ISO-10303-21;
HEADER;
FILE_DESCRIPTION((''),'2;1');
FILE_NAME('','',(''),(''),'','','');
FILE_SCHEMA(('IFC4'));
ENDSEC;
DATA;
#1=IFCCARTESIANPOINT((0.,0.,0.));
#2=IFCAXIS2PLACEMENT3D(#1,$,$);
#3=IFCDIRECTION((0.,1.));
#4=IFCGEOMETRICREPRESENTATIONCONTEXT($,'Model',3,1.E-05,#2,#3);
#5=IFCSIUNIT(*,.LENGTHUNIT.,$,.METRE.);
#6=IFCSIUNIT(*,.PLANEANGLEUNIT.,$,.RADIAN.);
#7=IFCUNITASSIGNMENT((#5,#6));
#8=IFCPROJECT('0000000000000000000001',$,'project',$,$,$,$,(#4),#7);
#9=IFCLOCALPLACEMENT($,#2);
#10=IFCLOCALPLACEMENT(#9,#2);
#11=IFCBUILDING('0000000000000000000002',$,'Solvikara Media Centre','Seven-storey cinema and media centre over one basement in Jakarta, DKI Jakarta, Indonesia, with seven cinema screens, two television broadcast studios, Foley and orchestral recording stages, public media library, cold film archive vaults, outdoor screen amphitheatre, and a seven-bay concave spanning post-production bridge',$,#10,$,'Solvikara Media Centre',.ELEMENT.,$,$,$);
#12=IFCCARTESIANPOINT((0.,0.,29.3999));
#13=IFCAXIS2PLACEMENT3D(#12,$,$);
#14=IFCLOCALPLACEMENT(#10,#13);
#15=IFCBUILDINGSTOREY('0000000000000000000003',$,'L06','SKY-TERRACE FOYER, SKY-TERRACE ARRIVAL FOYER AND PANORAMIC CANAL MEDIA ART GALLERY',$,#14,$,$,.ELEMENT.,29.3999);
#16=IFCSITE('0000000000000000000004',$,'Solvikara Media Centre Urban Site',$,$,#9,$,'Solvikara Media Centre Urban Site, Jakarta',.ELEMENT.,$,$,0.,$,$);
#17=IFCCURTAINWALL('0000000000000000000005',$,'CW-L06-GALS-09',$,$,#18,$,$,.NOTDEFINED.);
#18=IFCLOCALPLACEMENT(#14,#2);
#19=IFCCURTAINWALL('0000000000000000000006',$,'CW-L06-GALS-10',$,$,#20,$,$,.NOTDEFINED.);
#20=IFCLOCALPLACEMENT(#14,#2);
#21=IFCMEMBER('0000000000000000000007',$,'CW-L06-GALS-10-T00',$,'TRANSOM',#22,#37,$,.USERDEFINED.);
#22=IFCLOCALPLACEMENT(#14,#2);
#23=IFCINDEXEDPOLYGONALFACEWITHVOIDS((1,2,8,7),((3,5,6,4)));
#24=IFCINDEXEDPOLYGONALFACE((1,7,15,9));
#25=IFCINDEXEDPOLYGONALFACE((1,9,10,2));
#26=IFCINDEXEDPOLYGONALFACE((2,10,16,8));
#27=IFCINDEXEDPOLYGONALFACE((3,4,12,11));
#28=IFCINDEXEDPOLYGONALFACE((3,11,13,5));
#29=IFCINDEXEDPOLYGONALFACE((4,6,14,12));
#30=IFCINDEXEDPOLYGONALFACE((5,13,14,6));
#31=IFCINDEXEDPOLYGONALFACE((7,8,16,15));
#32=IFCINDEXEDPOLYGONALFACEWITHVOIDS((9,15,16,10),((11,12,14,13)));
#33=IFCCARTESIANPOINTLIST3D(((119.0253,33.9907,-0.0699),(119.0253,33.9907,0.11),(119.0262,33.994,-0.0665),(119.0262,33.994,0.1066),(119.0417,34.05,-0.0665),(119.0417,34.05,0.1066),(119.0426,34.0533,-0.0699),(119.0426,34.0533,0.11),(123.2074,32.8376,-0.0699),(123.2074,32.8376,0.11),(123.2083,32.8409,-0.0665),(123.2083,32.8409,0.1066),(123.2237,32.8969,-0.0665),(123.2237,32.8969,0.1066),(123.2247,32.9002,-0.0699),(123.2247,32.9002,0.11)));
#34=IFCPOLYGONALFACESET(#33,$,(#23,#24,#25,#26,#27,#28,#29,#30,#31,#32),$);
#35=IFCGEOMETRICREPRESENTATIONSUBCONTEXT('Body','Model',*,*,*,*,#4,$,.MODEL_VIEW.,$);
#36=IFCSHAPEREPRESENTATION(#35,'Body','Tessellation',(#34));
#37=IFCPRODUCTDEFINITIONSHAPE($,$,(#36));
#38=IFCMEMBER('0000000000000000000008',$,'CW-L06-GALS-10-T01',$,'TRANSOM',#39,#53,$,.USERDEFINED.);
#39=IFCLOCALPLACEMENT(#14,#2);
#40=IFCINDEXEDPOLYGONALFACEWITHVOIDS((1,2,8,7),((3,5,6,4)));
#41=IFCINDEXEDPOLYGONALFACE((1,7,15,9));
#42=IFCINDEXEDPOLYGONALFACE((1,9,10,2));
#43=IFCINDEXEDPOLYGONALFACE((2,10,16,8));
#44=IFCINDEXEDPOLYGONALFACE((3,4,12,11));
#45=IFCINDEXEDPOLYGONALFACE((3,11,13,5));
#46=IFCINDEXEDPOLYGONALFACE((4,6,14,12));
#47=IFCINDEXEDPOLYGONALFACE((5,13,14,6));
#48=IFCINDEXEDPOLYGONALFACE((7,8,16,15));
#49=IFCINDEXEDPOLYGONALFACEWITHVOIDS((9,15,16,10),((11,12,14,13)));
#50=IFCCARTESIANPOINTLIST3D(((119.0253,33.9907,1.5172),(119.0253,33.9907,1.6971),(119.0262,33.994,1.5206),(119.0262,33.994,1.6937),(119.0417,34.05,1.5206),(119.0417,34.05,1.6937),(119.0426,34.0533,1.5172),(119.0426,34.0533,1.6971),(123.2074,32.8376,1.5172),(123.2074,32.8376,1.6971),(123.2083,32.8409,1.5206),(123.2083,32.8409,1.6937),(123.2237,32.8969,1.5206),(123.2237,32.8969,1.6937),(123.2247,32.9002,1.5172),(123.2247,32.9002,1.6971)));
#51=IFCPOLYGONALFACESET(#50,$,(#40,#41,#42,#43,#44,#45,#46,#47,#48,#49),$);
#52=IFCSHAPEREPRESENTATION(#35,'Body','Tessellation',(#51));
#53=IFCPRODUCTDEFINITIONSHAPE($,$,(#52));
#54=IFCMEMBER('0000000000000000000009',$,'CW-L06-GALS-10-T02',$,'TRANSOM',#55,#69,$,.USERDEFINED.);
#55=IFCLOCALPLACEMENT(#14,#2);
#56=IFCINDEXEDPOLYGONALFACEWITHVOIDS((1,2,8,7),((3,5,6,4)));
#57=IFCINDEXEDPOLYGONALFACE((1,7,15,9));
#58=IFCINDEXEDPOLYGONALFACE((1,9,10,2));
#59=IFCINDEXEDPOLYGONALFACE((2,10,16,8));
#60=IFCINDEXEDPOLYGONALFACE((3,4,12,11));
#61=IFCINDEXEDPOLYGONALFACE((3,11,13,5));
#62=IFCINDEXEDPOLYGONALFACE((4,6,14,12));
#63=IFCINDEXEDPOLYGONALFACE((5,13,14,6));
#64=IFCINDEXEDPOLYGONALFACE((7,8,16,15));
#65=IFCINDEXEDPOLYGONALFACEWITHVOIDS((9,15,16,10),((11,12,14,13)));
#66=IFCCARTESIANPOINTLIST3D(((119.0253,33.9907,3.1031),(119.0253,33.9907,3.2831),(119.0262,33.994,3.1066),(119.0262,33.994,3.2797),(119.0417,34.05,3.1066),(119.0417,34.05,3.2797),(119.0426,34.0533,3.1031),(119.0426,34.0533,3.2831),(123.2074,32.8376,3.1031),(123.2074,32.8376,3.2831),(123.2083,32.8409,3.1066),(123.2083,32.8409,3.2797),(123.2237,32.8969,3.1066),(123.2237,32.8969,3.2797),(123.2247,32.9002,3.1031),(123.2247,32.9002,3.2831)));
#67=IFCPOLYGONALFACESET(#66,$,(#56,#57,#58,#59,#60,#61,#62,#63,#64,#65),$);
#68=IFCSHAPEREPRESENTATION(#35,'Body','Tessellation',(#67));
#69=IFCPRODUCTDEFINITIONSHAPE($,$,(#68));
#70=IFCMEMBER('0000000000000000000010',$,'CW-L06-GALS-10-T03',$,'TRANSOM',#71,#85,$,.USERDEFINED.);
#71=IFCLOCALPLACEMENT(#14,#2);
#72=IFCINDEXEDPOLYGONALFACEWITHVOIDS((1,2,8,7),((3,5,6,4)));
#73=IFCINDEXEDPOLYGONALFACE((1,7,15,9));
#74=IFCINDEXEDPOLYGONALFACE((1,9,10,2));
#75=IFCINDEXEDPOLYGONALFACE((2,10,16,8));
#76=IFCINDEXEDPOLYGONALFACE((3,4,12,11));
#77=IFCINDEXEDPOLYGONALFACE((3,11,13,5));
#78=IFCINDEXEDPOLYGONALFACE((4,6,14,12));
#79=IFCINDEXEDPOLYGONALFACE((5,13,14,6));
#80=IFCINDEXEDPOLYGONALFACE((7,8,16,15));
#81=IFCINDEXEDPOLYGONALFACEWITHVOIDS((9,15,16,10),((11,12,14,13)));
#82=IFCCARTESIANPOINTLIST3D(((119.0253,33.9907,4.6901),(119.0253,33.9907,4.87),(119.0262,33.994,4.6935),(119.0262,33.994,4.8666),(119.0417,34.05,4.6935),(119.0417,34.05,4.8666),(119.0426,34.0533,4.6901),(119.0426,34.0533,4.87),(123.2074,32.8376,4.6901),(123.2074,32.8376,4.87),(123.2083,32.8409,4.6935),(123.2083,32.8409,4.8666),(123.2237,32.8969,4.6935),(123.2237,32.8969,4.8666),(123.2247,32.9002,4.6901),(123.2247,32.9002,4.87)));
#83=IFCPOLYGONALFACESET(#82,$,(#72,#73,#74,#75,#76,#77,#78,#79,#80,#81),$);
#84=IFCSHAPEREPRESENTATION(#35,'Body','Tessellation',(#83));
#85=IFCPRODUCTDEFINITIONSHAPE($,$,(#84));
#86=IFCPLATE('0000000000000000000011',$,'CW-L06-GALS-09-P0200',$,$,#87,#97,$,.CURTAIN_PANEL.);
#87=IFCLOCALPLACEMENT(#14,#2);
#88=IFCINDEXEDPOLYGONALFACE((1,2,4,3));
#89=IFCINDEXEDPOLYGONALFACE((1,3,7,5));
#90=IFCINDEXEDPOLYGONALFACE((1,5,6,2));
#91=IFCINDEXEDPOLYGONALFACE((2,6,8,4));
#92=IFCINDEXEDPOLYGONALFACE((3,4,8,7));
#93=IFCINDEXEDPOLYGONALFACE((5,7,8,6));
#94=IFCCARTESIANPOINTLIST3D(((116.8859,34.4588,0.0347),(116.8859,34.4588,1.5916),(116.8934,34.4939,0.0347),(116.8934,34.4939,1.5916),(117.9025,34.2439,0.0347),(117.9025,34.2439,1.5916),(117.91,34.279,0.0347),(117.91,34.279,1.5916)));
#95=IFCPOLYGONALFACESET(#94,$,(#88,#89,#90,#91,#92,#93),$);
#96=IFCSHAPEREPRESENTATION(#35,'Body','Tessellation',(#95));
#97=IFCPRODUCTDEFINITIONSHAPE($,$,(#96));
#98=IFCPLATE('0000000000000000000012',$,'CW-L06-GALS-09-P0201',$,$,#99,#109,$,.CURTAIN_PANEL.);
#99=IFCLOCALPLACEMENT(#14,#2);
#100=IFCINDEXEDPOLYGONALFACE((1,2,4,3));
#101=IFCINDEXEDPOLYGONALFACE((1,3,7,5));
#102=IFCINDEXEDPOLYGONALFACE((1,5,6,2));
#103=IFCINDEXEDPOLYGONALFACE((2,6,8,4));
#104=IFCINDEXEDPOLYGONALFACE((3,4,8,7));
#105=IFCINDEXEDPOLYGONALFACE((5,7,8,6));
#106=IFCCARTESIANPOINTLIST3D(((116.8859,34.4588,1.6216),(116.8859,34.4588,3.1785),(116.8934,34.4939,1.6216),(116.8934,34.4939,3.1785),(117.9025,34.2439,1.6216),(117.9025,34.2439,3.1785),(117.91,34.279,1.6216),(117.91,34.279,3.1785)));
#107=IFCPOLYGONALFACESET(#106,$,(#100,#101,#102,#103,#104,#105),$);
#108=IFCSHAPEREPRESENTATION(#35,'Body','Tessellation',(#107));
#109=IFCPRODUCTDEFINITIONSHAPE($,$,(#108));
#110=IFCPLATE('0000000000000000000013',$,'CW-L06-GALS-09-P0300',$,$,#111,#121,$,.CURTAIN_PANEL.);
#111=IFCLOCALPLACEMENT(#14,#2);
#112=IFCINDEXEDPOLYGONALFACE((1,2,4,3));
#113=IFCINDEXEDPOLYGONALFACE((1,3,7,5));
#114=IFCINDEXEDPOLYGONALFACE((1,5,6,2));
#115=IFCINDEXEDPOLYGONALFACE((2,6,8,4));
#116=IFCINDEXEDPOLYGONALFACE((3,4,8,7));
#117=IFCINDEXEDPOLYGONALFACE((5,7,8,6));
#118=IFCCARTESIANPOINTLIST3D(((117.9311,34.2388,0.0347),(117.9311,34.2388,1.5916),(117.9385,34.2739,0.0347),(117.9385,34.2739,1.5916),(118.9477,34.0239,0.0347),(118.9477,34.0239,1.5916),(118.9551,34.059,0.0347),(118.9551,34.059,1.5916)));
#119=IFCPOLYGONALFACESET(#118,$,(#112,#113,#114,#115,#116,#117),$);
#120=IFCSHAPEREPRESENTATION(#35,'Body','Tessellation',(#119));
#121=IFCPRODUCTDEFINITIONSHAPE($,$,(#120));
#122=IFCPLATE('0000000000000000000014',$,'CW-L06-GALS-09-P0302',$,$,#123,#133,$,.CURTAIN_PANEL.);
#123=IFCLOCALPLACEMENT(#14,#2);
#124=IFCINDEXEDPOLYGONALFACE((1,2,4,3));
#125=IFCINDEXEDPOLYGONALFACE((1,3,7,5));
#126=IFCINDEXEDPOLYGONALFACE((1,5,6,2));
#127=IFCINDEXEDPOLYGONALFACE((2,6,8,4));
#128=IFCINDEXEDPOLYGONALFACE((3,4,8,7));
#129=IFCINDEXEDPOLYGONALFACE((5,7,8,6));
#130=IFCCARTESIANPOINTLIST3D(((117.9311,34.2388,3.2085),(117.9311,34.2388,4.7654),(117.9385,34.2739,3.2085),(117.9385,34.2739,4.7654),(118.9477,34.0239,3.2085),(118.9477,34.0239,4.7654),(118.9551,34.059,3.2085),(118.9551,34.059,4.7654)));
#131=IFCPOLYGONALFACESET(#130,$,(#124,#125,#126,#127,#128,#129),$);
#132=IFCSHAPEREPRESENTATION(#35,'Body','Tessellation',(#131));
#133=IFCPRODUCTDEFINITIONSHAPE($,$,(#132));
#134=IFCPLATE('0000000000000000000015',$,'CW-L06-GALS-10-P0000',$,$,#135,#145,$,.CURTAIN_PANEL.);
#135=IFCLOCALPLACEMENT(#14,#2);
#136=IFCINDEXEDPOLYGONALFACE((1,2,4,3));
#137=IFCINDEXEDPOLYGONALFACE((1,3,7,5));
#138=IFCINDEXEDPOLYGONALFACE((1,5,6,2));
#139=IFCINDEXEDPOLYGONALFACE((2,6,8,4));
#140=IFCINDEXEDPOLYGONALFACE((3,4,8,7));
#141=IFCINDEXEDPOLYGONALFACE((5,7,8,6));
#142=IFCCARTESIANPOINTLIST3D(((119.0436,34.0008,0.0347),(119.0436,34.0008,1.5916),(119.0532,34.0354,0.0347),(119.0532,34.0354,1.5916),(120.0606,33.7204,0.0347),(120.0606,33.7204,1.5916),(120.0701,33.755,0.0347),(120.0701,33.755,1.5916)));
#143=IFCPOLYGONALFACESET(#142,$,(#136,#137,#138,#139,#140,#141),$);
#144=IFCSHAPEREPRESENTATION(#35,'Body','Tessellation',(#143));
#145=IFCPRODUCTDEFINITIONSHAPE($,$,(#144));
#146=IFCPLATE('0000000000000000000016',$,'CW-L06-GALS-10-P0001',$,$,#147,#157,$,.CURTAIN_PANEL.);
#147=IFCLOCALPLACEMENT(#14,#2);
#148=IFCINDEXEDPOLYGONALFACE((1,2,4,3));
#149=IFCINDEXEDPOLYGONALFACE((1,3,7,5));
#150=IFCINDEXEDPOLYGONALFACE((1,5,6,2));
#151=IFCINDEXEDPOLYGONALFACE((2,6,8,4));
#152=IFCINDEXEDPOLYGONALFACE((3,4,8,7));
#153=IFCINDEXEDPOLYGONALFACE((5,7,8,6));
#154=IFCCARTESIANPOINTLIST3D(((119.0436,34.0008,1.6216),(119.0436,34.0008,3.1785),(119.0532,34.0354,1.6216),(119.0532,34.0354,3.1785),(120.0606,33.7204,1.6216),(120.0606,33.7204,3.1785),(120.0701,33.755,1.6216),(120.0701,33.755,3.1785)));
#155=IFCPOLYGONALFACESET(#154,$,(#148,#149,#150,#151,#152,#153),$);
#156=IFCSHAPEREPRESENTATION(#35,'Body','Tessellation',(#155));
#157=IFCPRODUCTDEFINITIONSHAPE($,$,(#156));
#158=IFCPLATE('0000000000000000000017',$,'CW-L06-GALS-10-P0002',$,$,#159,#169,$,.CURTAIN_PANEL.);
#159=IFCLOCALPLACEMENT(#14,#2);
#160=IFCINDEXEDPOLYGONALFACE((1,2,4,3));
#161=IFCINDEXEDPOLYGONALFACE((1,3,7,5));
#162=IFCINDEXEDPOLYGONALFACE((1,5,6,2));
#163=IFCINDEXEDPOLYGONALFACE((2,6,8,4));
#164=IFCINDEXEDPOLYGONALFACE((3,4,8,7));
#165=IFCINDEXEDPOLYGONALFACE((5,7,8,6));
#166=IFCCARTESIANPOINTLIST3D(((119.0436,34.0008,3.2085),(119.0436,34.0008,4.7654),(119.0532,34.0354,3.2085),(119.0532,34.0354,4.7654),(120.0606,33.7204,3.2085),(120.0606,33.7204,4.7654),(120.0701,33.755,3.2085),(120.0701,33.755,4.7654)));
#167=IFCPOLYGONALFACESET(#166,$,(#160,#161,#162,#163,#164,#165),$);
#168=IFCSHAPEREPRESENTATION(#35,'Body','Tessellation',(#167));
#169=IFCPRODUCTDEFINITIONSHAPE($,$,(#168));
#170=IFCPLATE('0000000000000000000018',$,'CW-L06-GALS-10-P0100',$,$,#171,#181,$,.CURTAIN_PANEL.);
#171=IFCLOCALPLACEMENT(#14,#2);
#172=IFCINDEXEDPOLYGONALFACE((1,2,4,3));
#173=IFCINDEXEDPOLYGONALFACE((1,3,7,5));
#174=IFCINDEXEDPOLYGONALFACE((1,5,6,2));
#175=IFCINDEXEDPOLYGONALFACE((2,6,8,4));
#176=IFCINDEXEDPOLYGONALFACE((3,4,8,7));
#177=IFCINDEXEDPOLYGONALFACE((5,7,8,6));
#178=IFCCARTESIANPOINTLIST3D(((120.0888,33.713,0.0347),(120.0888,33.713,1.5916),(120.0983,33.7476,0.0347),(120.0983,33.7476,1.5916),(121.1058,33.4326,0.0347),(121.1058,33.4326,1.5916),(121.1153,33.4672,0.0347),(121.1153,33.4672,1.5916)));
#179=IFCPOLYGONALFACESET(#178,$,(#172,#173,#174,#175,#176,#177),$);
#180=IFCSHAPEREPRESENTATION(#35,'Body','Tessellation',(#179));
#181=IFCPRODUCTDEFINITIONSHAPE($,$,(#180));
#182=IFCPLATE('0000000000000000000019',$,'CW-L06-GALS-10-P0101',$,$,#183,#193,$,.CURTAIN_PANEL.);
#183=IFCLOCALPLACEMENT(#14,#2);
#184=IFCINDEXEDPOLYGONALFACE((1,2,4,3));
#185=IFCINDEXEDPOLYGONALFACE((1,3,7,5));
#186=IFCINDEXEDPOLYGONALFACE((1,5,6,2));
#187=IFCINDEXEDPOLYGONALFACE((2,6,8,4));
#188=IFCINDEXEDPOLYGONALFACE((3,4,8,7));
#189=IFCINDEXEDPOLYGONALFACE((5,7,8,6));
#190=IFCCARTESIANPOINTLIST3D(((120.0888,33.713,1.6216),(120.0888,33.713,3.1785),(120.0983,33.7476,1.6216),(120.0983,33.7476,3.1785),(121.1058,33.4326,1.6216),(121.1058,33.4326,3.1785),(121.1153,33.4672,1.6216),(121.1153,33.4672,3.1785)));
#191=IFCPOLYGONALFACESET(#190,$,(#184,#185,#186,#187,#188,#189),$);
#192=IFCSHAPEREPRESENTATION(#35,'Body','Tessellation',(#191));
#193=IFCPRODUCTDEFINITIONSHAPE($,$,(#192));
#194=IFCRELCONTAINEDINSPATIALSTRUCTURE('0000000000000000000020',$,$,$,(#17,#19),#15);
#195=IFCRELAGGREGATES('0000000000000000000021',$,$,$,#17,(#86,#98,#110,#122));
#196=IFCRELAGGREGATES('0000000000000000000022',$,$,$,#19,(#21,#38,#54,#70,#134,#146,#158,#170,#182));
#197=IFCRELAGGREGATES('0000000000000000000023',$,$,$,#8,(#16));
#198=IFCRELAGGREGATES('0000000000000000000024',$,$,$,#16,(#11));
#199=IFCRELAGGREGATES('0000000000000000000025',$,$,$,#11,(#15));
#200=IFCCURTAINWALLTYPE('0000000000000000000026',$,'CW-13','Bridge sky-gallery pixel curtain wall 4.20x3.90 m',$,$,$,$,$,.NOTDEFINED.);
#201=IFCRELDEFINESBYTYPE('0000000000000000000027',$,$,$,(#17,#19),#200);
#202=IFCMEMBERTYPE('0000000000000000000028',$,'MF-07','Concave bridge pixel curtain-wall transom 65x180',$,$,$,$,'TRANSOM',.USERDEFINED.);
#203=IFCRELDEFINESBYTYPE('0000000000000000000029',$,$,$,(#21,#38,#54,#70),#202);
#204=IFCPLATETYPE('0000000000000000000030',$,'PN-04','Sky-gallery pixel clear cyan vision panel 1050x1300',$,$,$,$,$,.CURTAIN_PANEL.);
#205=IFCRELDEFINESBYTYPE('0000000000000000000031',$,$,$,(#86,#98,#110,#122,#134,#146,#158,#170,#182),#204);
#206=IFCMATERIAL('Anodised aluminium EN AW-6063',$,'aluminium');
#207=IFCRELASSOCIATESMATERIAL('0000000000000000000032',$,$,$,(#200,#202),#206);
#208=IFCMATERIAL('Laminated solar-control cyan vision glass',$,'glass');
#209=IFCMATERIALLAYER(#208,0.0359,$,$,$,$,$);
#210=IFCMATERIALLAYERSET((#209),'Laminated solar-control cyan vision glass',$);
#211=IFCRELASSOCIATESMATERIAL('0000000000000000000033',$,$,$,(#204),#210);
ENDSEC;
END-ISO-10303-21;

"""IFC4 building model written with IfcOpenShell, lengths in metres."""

from ifc_helpers import new_model, si_unit, direction, frame, origin, origin_2d, place, context, subcontext, project, spatial, rectangle, hollow_rectangle, extrude, material, layer, layer_set, material_profile, profile_set, type_object, element, aggregate, save


model = new_model("IFC4")

# Units and contexts
model_context = context("Model", 3, precision=1e-05, world=origin(), true_north=direction((0.0, 1.0)))
body_context = subcontext(model_context, "Body", "Model", "MODEL_VIEW")
ifc_project = project(units=[si_unit("LENGTHUNIT", "METRE"), si_unit("PLANEANGLEUNIT", "RADIAN")], contexts=[model_context])

# Site, building, storey
site_placement = place(None, origin())
site = spatial("IfcSite", under=ifc_project, at=site_placement, Name="Solvikara Media Centre Urban Site", LongName="Solvikara Media Centre Urban Site, Jakarta", CompositionType="ELEMENT", RefElevation=0.0)
building_placement = place(site_placement, origin())
building = spatial("IfcBuilding", under=site, at=building_placement, Name="Solvikara Media Centre", Description="Seven-storey cinema and media centre over one basement in Jakarta, DKI Jakarta, Indonesia, with seven cinema screens, two television broadcast studios, Foley and orchestral recording stages, public media library, cold film archive vaults, outdoor screen amphitheatre, and a seven-bay concave spanning post-production bridge", LongName="Solvikara Media Centre", CompositionType="ELEMENT")
storey_placement = place(building_placement, frame((0.0, 0.0, 29.3999)))
storey = spatial("IfcBuildingStorey", under=building, at=storey_placement, Name="L06", Description="SKY-TERRACE FOYER, SKY-TERRACE ARRIVAL FOYER AND PANORAMIC CANAL MEDIA ART GALLERY", CompositionType="ELEMENT", Elevation=29.3999)

# Curtain walls, members
ifc_material_1 = material(Name="Anodised aluminium EN AW-6063", Category="aluminium")
curtain_wall_type = type_object("IfcCurtainWallType", Name="CW-13", Description="Bridge sky-gallery pixel curtain wall 4.20x3.90 m", PredefinedType="NOTDEFINED", material=ifc_material_1)
curtain_wall_1_placement = place(storey_placement, origin())
curtain_wall_1 = element("IfcCurtainWall", 1, at=curtain_wall_1_placement, inside=storey, type_object=curtain_wall_type, Name="CW-L06-GALS-09", PredefinedType="NOTDEFINED")
curtain_wall_2_placement = place(storey_placement, origin())
curtain_wall_2 = element("IfcCurtainWall", 2, at=curtain_wall_2_placement, inside=storey, type_object=curtain_wall_type, Name="CW-L06-GALS-10", PredefinedType="NOTDEFINED")
ifc_material_profile_1 = material_profile(ifc_material_1, hollow_rectangle(XDim=0.0649, YDim=0.1799, WallThickness=0.0034, at=origin_2d()), Name="ALU-T 65x180x3.5")
ifc_profile_set_1 = profile_set([ifc_material_profile_1], Name="Anodised aluminium EN AW-6063")
member_type_1 = type_object("IfcMemberType", Name="MF-07", Description="Concave bridge pixel curtain-wall transom 65x180", ElementType="TRANSOM", PredefinedType="USERDEFINED", material=ifc_profile_set_1)
member_1_placement = place(storey_placement, frame((119.0339, 34.022, 0.02), z_axis=(0.964029, -0.265797, 0.0), x_axis=(0.265797, 0.964029, 0.0)))
member_1 = element("IfcMember", 3, at=member_1_placement, type_object=member_type_1, Name="CW-L06-GALS-10-T00", ObjectType="TRANSOM", PredefinedType="USERDEFINED", context=body_context, shape_type="SweptSolid", body=[
    extrude(hollow_rectangle(XDim=0.0649, YDim=0.1799, WallThickness=0.0034, at=origin_2d()), origin(), (0.0, 0.0, 1.0), 4.3381),
])
member_2_placement = place(storey_placement, frame((119.0339, 34.022, 1.6072), z_axis=(0.964029, -0.265797, 0.0), x_axis=(0.265797, 0.964029, 0.0)))
member_2 = element("IfcMember", 4, at=member_2_placement, type_object=member_type_1, Name="CW-L06-GALS-10-T01", ObjectType="TRANSOM", PredefinedType="USERDEFINED", context=body_context, shape_type="SweptSolid", body=[
    extrude(hollow_rectangle(XDim=0.0649, YDim=0.1799, WallThickness=0.0034, at=origin_2d()), origin(), (0.0, 0.0, 1.0), 4.3381),
])
member_3_placement = place(storey_placement, frame((119.0339, 34.022, 3.1931), z_axis=(0.964029, -0.265797, 0.0), x_axis=(0.265797, 0.964029, 0.0)))
member_3 = element("IfcMember", 5, at=member_3_placement, type_object=member_type_1, Name="CW-L06-GALS-10-T02", ObjectType="TRANSOM", PredefinedType="USERDEFINED", context=body_context, shape_type="SweptSolid", body=[
    extrude(hollow_rectangle(XDim=0.0649, YDim=0.1799, WallThickness=0.0034, at=origin_2d()), origin(), (0.0, 0.0, 1.0), 4.3381),
])
member_4_placement = place(storey_placement, frame((119.0339, 34.022, 4.78), z_axis=(0.964029, -0.265797, 0.0), x_axis=(0.265797, 0.964029, 0.0)))
member_4 = element("IfcMember", 6, at=member_4_placement, type_object=member_type_1, Name="CW-L06-GALS-10-T03", ObjectType="TRANSOM", PredefinedType="USERDEFINED", context=body_context, shape_type="SweptSolid", body=[
    extrude(hollow_rectangle(XDim=0.0649, YDim=0.1799, WallThickness=0.0034, at=origin_2d()), origin(), (0.0, 0.0, 1.0), 4.3381),
])

# Plates
ifc_material_2 = material(Name="Laminated solar-control cyan vision glass", Category="glass")
ifc_layer_1 = layer(ifc_material_2, 0.0359)
ifc_layer_set_1 = layer_set([ifc_layer_1], Name="Laminated solar-control cyan vision glass")
plate_type_1 = type_object("IfcPlateType", Name="PN-04", Description="Sky-gallery pixel clear cyan vision panel 1050x1300", PredefinedType="CURTAIN_PANEL", material=ifc_layer_set_1)
plate_1_placement = place(storey_placement, frame((117.3979, 34.3689, 0.0347), z_axis=(0.0, 0.0, 1.0), x_axis=(0.978379, -0.206819, 0.0)))
plate_1 = element("IfcPlate", 7, at=plate_1_placement, type_object=plate_type_1, Name="CW-L06-GALS-09-P0200", PredefinedType="CURTAIN_PANEL", context=body_context, shape_type="SweptSolid", body=[
    extrude(rectangle(XDim=1.0391, YDim=0.0359, at=origin_2d()), origin(), (0.0, 0.0, 1.0), 1.5569),
])
plate_2_placement = place(storey_placement, frame((117.3979, 34.3689, 1.6216), z_axis=(0.0, 0.0, 1.0), x_axis=(0.978379, -0.206819, 0.0)))
plate_2 = element("IfcPlate", 8, at=plate_2_placement, type_object=plate_type_1, Name="CW-L06-GALS-09-P0201", PredefinedType="CURTAIN_PANEL", context=body_context, shape_type="SweptSolid", body=[
    extrude(rectangle(XDim=1.0391, YDim=0.0359, at=origin_2d()), origin(), (0.0, 0.0, 1.0), 1.5569),
])
plate_3_placement = place(storey_placement, frame((118.4431, 34.1489, 0.0347), z_axis=(0.0, 0.0, 1.0), x_axis=(0.978379, -0.206819, 0.0)))
plate_3 = element("IfcPlate", 9, at=plate_3_placement, type_object=plate_type_1, Name="CW-L06-GALS-09-P0300", PredefinedType="CURTAIN_PANEL", context=body_context, shape_type="SweptSolid", body=[
    extrude(rectangle(XDim=1.0391, YDim=0.0359, at=origin_2d()), origin(), (0.0, 0.0, 1.0), 1.5569),
])
plate_4_placement = place(storey_placement, frame((118.4431, 34.1489, 3.2085), z_axis=(0.0, 0.0, 1.0), x_axis=(0.978379, -0.206819, 0.0)))
plate_4 = element("IfcPlate", 10, at=plate_4_placement, type_object=plate_type_1, Name="CW-L06-GALS-09-P0302", PredefinedType="CURTAIN_PANEL", context=body_context, shape_type="SweptSolid", body=[
    extrude(rectangle(XDim=1.0391, YDim=0.0359, at=origin_2d()), origin(), (0.0, 0.0, 1.0), 1.5569),
])
plate_5_placement = place(storey_placement, frame((119.5569, 33.8779, 0.0347), z_axis=(0.0, 0.0, 1.0), x_axis=(0.96403, -0.265792, 0.0)))
plate_5 = element("IfcPlate", 11, at=plate_5_placement, type_object=plate_type_1, Name="CW-L06-GALS-10-P0000", PredefinedType="CURTAIN_PANEL", context=body_context, shape_type="SweptSolid", body=[
    extrude(rectangle(XDim=1.0549, YDim=0.0359, at=origin_2d()), origin(), (0.0, 0.0, 1.0), 1.5569),
])
plate_6_placement = place(storey_placement, frame((119.5569, 33.8779, 1.6216), z_axis=(0.0, 0.0, 1.0), x_axis=(0.96403, -0.265792, 0.0)))
plate_6 = element("IfcPlate", 12, at=plate_6_placement, type_object=plate_type_1, Name="CW-L06-GALS-10-P0001", PredefinedType="CURTAIN_PANEL", context=body_context, shape_type="SweptSolid", body=[
    extrude(rectangle(XDim=1.0549, YDim=0.0359, at=origin_2d()), origin(), (0.0, 0.0, 1.0), 1.5569),
])
plate_7_placement = place(storey_placement, frame((119.5569, 33.8779, 3.2085), z_axis=(0.0, 0.0, 1.0), x_axis=(0.96403, -0.265792, 0.0)))
plate_7 = element("IfcPlate", 13, at=plate_7_placement, type_object=plate_type_1, Name="CW-L06-GALS-10-P0002", PredefinedType="CURTAIN_PANEL", context=body_context, shape_type="SweptSolid", body=[
    extrude(rectangle(XDim=1.0549, YDim=0.0359, at=origin_2d()), origin(), (0.0, 0.0, 1.0), 1.5569),
])
plate_8_placement = place(storey_placement, frame((120.6021, 33.5901, 0.0347), z_axis=(0.0, 0.0, 1.0), x_axis=(0.96403, -0.265792, 0.0)))
plate_8 = element("IfcPlate", 14, at=plate_8_placement, type_object=plate_type_1, Name="CW-L06-GALS-10-P0100", PredefinedType="CURTAIN_PANEL", context=body_context, shape_type="SweptSolid", body=[
    extrude(rectangle(XDim=1.0549, YDim=0.0359, at=origin_2d()), origin(), (0.0, 0.0, 1.0), 1.5569),
])
plate_9_placement = place(storey_placement, frame((120.6021, 33.5901, 1.6216), z_axis=(0.0, 0.0, 1.0), x_axis=(0.96403, -0.265792, 0.0)))
plate_9 = element("IfcPlate", 15, at=plate_9_placement, type_object=plate_type_1, Name="CW-L06-GALS-10-P0101", PredefinedType="CURTAIN_PANEL", context=body_context, shape_type="SweptSolid", body=[
    extrude(rectangle(XDim=1.0549, YDim=0.0359, at=origin_2d()), origin(), (0.0, 0.0, 1.0), 1.5569),
])
aggregate(curtain_wall_1, [plate_1, plate_2, plate_3, plate_4])
aggregate(curtain_wall_2, [member_1, member_2, member_3, member_4, plate_5, plate_6, plate_7, plate_8, plate_9])

save(model, "model.ifc")
